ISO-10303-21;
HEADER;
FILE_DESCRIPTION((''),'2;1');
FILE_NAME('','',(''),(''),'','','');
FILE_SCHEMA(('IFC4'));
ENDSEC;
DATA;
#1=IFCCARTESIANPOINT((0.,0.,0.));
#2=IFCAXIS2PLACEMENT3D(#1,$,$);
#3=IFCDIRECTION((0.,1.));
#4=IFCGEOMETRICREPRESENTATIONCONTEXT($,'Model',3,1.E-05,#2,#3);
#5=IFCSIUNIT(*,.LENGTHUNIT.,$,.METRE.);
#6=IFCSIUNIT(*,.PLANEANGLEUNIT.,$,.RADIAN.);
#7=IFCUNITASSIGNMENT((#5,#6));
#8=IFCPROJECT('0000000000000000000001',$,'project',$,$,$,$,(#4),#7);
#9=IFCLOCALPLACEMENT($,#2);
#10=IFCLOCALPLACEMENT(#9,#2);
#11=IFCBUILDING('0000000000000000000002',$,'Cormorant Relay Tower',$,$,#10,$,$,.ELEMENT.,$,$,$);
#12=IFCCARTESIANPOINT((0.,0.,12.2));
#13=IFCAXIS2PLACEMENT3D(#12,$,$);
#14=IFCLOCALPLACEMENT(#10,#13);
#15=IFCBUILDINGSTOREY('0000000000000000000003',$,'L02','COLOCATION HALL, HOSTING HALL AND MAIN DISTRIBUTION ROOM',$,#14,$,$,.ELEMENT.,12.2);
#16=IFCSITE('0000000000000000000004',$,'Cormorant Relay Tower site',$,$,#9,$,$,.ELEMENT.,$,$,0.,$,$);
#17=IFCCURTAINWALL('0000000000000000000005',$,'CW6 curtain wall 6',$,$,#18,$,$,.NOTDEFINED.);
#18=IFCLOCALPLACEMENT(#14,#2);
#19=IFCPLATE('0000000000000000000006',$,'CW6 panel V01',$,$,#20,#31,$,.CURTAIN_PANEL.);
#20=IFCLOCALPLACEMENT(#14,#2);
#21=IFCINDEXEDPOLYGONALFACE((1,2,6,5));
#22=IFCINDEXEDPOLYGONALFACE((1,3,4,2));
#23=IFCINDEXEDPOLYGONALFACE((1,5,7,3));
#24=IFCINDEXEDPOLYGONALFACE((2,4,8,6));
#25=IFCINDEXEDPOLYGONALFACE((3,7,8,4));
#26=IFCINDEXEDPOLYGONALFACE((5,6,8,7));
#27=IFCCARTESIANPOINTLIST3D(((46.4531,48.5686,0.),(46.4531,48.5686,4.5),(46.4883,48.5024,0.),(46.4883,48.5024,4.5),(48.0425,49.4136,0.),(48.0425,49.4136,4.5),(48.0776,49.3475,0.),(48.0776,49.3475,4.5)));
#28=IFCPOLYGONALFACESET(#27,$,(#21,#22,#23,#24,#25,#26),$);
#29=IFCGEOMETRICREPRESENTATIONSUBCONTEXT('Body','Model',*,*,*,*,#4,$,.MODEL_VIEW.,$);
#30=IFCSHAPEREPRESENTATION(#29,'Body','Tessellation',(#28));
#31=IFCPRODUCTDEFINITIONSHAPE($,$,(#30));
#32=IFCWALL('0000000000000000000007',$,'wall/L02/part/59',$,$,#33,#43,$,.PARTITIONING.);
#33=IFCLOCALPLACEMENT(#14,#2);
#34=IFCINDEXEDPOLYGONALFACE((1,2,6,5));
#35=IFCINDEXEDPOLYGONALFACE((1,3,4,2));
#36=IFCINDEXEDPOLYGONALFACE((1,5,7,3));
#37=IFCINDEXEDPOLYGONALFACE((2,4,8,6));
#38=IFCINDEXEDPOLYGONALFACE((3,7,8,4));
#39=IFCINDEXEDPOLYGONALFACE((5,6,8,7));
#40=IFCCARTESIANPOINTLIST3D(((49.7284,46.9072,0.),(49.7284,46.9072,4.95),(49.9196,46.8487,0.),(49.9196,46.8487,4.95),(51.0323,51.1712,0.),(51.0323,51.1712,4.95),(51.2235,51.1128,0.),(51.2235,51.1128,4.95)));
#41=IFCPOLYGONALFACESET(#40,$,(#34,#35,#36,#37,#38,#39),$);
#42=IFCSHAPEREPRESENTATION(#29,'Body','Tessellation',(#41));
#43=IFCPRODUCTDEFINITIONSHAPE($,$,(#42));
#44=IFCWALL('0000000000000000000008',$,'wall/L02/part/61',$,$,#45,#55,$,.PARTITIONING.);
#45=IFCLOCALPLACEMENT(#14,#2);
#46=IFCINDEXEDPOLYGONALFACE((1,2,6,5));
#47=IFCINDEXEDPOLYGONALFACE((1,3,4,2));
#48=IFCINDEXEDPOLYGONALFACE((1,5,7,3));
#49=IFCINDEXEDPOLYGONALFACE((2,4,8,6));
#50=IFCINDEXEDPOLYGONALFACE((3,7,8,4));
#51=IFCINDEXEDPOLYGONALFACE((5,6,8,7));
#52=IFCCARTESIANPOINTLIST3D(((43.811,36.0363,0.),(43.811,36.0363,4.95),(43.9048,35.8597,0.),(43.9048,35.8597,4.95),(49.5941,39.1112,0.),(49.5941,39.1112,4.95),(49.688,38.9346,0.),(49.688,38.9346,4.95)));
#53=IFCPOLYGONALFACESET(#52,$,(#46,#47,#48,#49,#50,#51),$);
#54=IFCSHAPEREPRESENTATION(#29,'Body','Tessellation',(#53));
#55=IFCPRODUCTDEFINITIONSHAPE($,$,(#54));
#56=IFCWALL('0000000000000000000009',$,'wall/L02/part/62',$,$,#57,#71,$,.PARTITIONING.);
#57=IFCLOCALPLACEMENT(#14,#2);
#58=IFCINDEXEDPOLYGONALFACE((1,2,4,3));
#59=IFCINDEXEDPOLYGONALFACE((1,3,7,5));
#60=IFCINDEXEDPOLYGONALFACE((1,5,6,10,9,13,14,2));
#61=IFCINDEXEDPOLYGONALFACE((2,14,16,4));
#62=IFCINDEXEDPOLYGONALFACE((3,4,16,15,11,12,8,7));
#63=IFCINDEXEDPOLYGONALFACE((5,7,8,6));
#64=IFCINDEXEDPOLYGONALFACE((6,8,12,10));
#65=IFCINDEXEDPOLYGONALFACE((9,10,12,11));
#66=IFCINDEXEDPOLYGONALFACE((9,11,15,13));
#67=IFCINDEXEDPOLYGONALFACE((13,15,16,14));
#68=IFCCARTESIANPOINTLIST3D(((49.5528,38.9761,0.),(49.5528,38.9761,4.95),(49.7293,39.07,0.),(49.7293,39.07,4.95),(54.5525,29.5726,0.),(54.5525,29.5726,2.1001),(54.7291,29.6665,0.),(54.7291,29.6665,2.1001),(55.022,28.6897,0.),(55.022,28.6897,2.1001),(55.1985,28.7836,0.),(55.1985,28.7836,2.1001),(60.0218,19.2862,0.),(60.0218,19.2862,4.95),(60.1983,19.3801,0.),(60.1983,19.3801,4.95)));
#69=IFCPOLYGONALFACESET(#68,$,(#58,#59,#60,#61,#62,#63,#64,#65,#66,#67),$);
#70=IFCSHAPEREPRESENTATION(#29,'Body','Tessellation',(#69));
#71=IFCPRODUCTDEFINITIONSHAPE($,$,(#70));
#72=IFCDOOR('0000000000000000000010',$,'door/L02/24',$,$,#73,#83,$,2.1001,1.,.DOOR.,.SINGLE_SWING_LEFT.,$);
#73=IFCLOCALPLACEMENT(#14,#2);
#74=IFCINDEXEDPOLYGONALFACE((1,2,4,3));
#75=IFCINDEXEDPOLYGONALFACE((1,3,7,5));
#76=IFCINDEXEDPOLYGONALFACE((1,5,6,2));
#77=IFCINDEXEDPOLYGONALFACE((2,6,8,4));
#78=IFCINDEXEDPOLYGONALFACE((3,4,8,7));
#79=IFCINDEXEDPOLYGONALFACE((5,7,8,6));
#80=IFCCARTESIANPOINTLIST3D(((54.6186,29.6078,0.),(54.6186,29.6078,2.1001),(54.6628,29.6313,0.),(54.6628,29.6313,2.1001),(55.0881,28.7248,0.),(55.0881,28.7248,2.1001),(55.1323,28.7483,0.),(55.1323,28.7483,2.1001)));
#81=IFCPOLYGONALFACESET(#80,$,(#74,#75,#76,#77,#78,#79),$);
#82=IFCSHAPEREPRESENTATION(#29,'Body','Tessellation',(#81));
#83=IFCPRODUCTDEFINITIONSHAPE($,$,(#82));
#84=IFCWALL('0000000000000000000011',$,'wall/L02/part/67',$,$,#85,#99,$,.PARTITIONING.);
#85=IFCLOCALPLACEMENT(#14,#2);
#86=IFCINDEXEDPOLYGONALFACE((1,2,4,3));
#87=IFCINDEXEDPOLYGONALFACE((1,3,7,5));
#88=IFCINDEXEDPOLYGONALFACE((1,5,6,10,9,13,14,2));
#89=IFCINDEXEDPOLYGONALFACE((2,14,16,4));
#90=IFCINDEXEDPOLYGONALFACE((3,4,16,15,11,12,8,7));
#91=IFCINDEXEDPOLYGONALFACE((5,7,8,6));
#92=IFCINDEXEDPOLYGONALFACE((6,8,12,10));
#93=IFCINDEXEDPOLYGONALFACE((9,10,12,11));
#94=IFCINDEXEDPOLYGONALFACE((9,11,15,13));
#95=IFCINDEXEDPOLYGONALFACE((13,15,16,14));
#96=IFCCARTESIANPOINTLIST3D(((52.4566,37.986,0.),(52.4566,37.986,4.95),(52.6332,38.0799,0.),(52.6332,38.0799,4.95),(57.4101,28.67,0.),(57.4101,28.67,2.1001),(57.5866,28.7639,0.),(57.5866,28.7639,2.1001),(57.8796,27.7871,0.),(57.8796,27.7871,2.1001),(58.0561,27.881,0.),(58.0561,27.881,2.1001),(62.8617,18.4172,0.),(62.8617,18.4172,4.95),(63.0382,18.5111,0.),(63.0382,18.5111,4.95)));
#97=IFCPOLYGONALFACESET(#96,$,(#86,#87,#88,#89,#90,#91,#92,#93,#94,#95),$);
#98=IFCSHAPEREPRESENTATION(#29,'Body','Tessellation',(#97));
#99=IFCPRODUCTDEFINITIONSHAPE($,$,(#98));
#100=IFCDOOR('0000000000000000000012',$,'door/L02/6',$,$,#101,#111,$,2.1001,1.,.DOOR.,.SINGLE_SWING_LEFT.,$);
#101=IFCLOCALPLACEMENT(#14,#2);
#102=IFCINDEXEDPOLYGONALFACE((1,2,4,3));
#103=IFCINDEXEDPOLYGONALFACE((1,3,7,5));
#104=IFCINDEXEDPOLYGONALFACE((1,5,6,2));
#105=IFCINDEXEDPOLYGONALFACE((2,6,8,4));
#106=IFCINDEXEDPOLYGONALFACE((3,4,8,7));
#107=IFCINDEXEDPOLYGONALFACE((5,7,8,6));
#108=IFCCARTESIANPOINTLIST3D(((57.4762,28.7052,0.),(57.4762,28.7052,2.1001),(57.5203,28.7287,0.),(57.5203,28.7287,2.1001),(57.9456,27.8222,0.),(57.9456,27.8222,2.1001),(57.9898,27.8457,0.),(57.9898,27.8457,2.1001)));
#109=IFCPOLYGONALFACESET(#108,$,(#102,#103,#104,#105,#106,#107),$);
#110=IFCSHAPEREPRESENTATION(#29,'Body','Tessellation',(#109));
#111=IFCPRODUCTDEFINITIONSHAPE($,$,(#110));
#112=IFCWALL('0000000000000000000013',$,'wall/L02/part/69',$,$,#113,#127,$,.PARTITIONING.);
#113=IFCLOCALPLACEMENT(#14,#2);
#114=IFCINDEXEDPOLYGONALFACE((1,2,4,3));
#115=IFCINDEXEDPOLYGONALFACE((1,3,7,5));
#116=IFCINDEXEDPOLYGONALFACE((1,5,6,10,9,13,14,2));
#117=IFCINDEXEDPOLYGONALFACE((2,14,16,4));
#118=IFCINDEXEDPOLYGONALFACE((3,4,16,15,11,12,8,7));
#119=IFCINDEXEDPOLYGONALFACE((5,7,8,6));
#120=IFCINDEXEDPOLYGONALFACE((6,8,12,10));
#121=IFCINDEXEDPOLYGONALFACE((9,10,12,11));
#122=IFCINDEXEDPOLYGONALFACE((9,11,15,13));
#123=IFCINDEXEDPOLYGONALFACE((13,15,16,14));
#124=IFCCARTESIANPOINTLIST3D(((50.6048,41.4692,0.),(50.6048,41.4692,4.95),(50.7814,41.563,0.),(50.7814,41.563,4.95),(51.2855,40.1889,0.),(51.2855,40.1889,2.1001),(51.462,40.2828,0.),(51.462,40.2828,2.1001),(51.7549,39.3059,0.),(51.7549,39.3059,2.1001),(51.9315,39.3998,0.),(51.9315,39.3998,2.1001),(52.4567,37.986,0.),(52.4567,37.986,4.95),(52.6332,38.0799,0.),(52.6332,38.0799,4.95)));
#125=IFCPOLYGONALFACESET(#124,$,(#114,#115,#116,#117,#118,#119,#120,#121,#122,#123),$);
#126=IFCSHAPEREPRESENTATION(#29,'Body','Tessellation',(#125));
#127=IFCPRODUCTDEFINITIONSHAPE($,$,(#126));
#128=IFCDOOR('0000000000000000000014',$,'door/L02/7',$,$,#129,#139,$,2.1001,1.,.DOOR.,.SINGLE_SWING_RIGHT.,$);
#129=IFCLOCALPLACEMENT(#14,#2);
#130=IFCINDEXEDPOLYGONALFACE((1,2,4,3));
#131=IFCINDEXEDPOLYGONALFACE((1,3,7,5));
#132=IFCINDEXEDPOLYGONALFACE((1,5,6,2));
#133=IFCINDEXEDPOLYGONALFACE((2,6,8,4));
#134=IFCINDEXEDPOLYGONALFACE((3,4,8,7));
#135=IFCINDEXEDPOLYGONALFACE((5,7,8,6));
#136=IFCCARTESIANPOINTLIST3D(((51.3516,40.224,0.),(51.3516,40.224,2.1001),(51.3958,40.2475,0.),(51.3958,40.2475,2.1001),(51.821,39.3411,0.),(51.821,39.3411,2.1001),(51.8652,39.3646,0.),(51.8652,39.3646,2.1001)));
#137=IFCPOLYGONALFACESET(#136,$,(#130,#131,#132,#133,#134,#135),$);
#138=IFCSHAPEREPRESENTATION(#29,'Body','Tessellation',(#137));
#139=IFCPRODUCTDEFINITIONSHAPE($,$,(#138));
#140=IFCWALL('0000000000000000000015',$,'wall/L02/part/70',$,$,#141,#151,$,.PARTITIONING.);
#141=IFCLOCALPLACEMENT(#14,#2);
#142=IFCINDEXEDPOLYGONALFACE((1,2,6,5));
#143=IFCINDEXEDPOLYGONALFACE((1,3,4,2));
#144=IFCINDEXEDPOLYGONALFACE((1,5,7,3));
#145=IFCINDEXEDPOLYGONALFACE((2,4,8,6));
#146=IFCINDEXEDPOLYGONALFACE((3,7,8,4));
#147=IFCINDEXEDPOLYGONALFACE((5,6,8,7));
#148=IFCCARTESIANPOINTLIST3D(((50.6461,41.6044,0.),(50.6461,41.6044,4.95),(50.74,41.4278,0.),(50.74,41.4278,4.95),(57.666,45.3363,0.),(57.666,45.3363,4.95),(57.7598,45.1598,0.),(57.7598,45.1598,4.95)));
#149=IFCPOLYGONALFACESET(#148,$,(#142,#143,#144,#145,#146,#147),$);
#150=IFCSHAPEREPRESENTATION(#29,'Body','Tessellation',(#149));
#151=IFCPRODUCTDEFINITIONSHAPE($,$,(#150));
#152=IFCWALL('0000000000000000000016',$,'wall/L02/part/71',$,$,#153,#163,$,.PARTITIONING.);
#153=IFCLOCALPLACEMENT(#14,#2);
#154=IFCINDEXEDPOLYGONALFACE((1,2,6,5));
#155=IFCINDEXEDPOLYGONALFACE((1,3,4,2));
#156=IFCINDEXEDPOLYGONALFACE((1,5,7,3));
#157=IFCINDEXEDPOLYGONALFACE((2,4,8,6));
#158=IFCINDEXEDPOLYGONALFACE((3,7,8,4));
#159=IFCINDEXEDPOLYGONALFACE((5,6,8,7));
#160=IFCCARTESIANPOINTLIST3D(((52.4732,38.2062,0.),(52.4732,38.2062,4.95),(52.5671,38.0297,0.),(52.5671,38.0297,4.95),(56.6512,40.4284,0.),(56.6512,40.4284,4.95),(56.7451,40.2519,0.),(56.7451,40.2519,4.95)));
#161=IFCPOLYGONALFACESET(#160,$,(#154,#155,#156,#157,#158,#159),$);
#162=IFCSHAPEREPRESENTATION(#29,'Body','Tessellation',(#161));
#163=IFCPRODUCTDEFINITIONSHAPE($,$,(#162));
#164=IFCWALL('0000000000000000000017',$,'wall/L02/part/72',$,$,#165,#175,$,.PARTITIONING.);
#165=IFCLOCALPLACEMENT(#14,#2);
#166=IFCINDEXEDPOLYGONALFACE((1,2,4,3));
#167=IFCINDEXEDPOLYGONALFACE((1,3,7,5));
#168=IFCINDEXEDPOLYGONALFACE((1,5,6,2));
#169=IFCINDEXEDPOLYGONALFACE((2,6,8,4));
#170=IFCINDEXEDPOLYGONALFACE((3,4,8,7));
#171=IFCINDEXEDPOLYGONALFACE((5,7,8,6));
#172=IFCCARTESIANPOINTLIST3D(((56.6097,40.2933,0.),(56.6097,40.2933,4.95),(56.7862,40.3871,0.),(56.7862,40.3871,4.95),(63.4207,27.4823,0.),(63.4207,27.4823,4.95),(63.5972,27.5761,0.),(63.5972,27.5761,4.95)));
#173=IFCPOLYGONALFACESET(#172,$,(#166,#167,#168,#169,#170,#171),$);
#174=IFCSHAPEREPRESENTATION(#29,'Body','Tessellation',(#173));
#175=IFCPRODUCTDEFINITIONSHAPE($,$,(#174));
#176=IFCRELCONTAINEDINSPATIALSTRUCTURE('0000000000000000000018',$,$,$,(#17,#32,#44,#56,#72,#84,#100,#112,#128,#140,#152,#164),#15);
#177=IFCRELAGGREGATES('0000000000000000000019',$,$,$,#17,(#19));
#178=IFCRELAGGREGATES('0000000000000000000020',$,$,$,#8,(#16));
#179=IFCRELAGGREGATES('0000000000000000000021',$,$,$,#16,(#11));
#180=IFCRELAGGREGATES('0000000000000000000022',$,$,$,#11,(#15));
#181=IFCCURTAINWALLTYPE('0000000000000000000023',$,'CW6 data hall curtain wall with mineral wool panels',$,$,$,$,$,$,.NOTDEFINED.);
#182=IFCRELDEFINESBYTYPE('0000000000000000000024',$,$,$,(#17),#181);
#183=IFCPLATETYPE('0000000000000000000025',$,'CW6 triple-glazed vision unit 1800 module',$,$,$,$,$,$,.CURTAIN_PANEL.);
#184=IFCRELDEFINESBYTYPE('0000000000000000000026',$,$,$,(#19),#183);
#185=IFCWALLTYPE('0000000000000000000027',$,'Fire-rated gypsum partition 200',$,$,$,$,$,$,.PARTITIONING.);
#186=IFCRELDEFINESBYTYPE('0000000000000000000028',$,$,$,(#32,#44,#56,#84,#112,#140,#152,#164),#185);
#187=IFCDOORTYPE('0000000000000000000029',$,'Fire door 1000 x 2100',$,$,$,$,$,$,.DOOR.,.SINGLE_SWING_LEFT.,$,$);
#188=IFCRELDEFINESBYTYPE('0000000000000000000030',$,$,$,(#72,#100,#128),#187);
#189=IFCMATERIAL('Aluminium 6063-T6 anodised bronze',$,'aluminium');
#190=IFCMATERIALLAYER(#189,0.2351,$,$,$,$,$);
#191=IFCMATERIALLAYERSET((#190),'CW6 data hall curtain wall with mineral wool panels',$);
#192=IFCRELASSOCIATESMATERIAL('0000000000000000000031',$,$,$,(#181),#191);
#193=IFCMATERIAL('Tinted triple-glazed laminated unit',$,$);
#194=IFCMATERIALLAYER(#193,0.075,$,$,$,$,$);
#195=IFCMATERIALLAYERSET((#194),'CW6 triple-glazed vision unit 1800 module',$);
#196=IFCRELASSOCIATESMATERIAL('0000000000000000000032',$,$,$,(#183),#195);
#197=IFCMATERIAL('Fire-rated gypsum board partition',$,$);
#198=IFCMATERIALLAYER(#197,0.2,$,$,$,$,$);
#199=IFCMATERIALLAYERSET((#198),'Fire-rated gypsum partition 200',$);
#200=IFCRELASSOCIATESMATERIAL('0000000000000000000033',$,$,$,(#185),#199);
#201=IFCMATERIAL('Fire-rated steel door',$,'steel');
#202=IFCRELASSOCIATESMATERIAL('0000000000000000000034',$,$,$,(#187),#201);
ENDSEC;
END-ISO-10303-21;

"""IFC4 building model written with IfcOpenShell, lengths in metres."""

from ifc_helpers import new_model, si_unit, direction, frame, frame_2d, origin, origin_2d, place, context, subcontext, project, spatial, rectangle, extrude, material, layer, layer_set, type_object, element, fill, aggregate, save


model = new_model("IFC4")

# Units and contexts
model_context = context("Model", 3, precision=1e-05, world=origin(), true_north=direction((0.0, 1.0)))
body_context = subcontext(model_context, "Body", "Model", "MODEL_VIEW")
ifc_project = project(units=[si_unit("LENGTHUNIT", "METRE"), si_unit("PLANEANGLEUNIT", "RADIAN")], contexts=[model_context])

# Site, building, storey
site_placement = place(None, origin())
site = spatial("IfcSite", under=ifc_project, at=site_placement, Name="Cormorant Relay Tower site", CompositionType="ELEMENT", RefElevation=0.0)
building_placement = place(site_placement, origin())
building = spatial("IfcBuilding", under=site, at=building_placement, Name="Cormorant Relay Tower", CompositionType="ELEMENT")
storey_placement = place(building_placement, frame((0.0, 0.0, 12.2)))
storey = spatial("IfcBuildingStorey", under=building, at=storey_placement, Name="L02", Description="COLOCATION HALL, HOSTING HALL AND MAIN DISTRIBUTION ROOM", CompositionType="ELEMENT", Elevation=12.2)

# Shared definitions
ifc_material_1 = material(Name="Aluminium 6063-T6 anodised bronze", Category="aluminium")
ifc_layer_1 = layer(ifc_material_1, 0.2351)
ifc_layer_set_1 = layer_set([ifc_layer_1], Name="CW6 data hall curtain wall with mineral wool panels")
curtain_wall_type = type_object("IfcCurtainWallType", Name="CW6 data hall curtain wall with mineral wool panels", PredefinedType="NOTDEFINED", material=ifc_layer_set_1)

# Curtain wall
curtain_wall_1_placement = place(storey_placement, origin())
curtain_wall_1 = element("IfcCurtainWall", 1, at=curtain_wall_1_placement, inside=storey, type_object=curtain_wall_type, Name="CW6 curtain wall 6", PredefinedType="NOTDEFINED")

# Plate
ifc_material_2 = material(Name="Tinted triple-glazed laminated unit")
ifc_layer_2 = layer(ifc_material_2, 0.075)
ifc_layer_set_2 = layer_set([ifc_layer_2], Name="CW6 triple-glazed vision unit 1800 module")
plate_type = type_object("IfcPlateType", Name="CW6 triple-glazed vision unit 1800 module", PredefinedType="CURTAIN_PANEL", material=ifc_layer_set_2)
plate_1_placement = place(storey_placement, frame((47.2654, 48.958, 0.0), z_axis=(0.0, 0.0, 1.0), x_axis=(-0.882948, -0.469472, 0.0)))
plate_1 = element("IfcPlate", 2, at=plate_1_placement, type_object=plate_type, Name="CW6 panel V01", PredefinedType="CURTAIN_PANEL", context=body_context, shape_type="SweptSolid", body=[
    extrude(rectangle(XDim=1.8, YDim=0.075, at=origin_2d()), origin(), (0.0, 0.0, 1.0), 4.5),
])

# Walls
ifc_material_3 = material(Name="Fire-rated gypsum board partition")
ifc_layer_3 = layer(ifc_material_3, 0.2)
ifc_layer_set_3 = layer_set([ifc_layer_3], Name="Fire-rated gypsum partition 200")
wall_type_1 = type_object("IfcWallType", Name="Fire-rated gypsum partition 200", PredefinedType="PARTITIONING", material=ifc_layer_set_3)
wall_1_placement = place(storey_placement, frame((49.824, 46.8779, 0.0), z_axis=(0.0, 0.0, 1.0), x_axis=(0.292427, 0.956288, 0.0)))
element("IfcWall", 3, at=wall_1_placement, inside=storey, type_object=wall_type_1, Name="wall/L02/part/59", PredefinedType="PARTITIONING", context=body_context, shape_type="SweptSolid", body=[
    extrude(rectangle(XDim=4.459, YDim=0.2, at=frame_2d((2.2295, 0.0))), origin(), (0.0, 0.0, 1.0), 4.95),
])
wall_2_placement = place(storey_placement, frame((43.8579, 35.948, 0.0), z_axis=(0.0, 0.0, 1.0), x_axis=(0.88295, 0.469468, 0.0)))
element("IfcWall", 4, at=wall_2_placement, inside=storey, type_object=wall_type_1, Name="wall/L02/part/61", PredefinedType="PARTITIONING", context=body_context, shape_type="SweptSolid", body=[
    extrude(rectangle(XDim=6.5498, YDim=0.2, at=frame_2d((3.2749, 0.0))), origin(), (0.0, 0.0, 1.0), 4.95),
])

# Walls, openings, doors
wall_3_placement = place(storey_placement, frame((49.6411, 39.0229, 0.0), z_axis=(0.0, 0.0, 1.0), x_axis=(0.46946, -0.882954, 0.0)))
wall_3 = element("IfcWall", 5, at=wall_3_placement, inside=storey, type_object=wall_type_1, Name="wall/L02/part/62", PredefinedType="PARTITIONING", context=body_context, shape_type="SweptSolid", body=[
    extrude(rectangle(XDim=22.3, YDim=0.2, at=frame_2d((11.1499, 0.0))), origin(), (0.0, 0.0, 1.0), 4.95),
])
opening_1_placement = place(wall_3_placement, frame((10.6499, 0.0, 0.0)))
opening_1 = element("IfcOpeningElement", 6, at=opening_1_placement, cuts=wall_3, PredefinedType="OPENING", context=body_context, shape_type="SweptSolid", body=[
    extrude(rectangle(XDim=1.0, YDim=2.1001, at=frame_2d((0.5, 1.05))), frame((0.0, 0.1099, 0.0), z_axis=(0.0, -1.0, 0.0), x_axis=(1.0, 0.0, 0.0)), (0.0, 0.0, 1.0), 0.22),
])
ifc_material_4 = material(Name="Fire-rated steel door", Category="steel")
door_type = type_object("IfcDoorType", Name="Fire door 1000 x 2100", OperationType="SINGLE_SWING_LEFT", PredefinedType="DOOR", material=ifc_material_4)
door_1_placement = place(opening_1_placement, origin())
door_1 = element("IfcDoor", 7, at=door_1_placement, inside=storey, type_object=door_type, Name="door/L02/24", OperationType="SINGLE_SWING_LEFT", OverallHeight=2.1001, OverallWidth=1.0, PredefinedType="DOOR", context=body_context, shape_type="SweptSolid", body=[
    extrude(rectangle(XDim=1.0, YDim=2.1001, at=frame_2d((0.5, 1.05))), frame((0.0, 0.0249, 0.0), z_axis=(0.0, -1.0, 0.0), x_axis=(1.0, 0.0, 0.0)), (0.0, 0.0, 1.0), 0.05),
])
fill(opening_1, door_1)
wall_4_placement = place(storey_placement, frame((52.5449, 38.033, 0.0), z_axis=(0.0, 0.0, 1.0), x_axis=(0.469475, -0.882946, 0.0)))
wall_4 = element("IfcWall", 8, at=wall_4_placement, inside=storey, type_object=wall_type_1, Name="wall/L02/part/67", PredefinedType="PARTITIONING", context=body_context, shape_type="SweptSolid", body=[
    extrude(rectangle(XDim=22.1631, YDim=0.2, at=frame_2d((11.0815, 0.0))), origin(), (0.0, 0.0, 1.0), 4.95),
])
opening_2_placement = place(wall_4_placement, frame((10.551, 0.0, 0.0)))
opening_2 = element("IfcOpeningElement", 9, at=opening_2_placement, cuts=wall_4, PredefinedType="OPENING", context=body_context, shape_type="SweptSolid", body=[
    extrude(rectangle(XDim=1.0, YDim=2.1001, at=frame_2d((0.5, 1.05))), frame((0.0, 0.1099, 0.0), z_axis=(0.0, -1.0, 0.0), x_axis=(1.0, 0.0, 0.0)), (0.0, 0.0, 1.0), 0.22),
])
door_2_placement = place(opening_2_placement, origin())
door_2 = element("IfcDoor", 10, at=door_2_placement, inside=storey, type_object=door_type, Name="door/L02/6", OperationType="SINGLE_SWING_LEFT", OverallHeight=2.1001, OverallWidth=1.0, PredefinedType="DOOR", context=body_context, shape_type="SweptSolid", body=[
    extrude(rectangle(XDim=1.0, YDim=2.1001, at=frame_2d((0.5, 1.05))), frame((0.0, 0.0249, 0.0), z_axis=(0.0, -1.0, 0.0), x_axis=(1.0, 0.0, 0.0)), (0.0, 0.0, 1.0), 0.05),
])
fill(opening_2, door_2)
wall_5_placement = place(storey_placement, frame((50.6931, 41.5161, 0.0), z_axis=(0.0, 0.0, 1.0), x_axis=(0.469428, -0.882971, 0.0)))
wall_5 = element("IfcWall", 11, at=wall_5_placement, inside=storey, type_object=wall_type_1, Name="wall/L02/part/69", PredefinedType="PARTITIONING", context=body_context, shape_type="SweptSolid", body=[
    extrude(rectangle(XDim=3.9448, YDim=0.2, at=frame_2d((1.9724, 0.0))), origin(), (0.0, 0.0, 1.0), 4.95),
])
opening_3_placement = place(wall_5_placement, frame((1.45, 0.0, 0.0)))
opening_3 = element("IfcOpeningElement", 12, at=opening_3_placement, cuts=wall_5, PredefinedType="OPENING", context=body_context, shape_type="SweptSolid", body=[
    extrude(rectangle(XDim=1.0, YDim=2.1001, at=frame_2d((0.5, 1.05))), frame((0.0, 0.1099, 0.0), z_axis=(0.0, -1.0, 0.0), x_axis=(1.0, 0.0, 0.0)), (0.0, 0.0, 1.0), 0.22),
])
door_3_placement = place(opening_3_placement, origin())
door_3 = element("IfcDoor", 13, at=door_3_placement, inside=storey, type_object=door_type, Name="door/L02/7", OperationType="SINGLE_SWING_RIGHT", OverallHeight=2.1001, OverallWidth=1.0, PredefinedType="DOOR", context=body_context, shape_type="SweptSolid", body=[
    extrude(rectangle(XDim=1.0, YDim=2.1001, at=frame_2d((0.5, 1.05))), frame((0.0, 0.0249, 0.0), z_axis=(0.0, -1.0, 0.0), x_axis=(1.0, 0.0, 0.0)), (0.0, 0.0, 1.0), 0.05),
])
fill(opening_3, door_3)

# Walls
wall_6_placement = place(storey_placement, frame((57.7129, 45.248, 0.0), z_axis=(0.0, 0.0, 1.0), x_axis=(-0.882976, -0.469418, 0.0)))
element("IfcWall", 14, at=wall_6_placement, inside=storey, type_object=wall_type_1, Name="wall/L02/part/70", PredefinedType="PARTITIONING", context=body_context, shape_type="SweptSolid", body=[
    extrude(rectangle(XDim=7.9502, YDim=0.2, at=frame_2d((3.9751, 0.0))), origin(), (0.0, 0.0, 1.0), 4.95),
])
wall_7_placement = place(storey_placement, frame((52.52, 38.1179, 0.0), z_axis=(0.0, 0.0, 1.0), x_axis=(0.882886, 0.469586, 0.0)))
element("IfcWall", 15, at=wall_7_placement, inside=storey, type_object=wall_type_1, Name="wall/L02/part/71", PredefinedType="PARTITIONING", context=body_context, shape_type="SweptSolid", body=[
    extrude(rectangle(XDim=4.7322, YDim=0.2, at=frame_2d((2.3662, 0.0))), origin(), (0.0, 0.0, 1.0), 4.95),
])
wall_8_placement = place(storey_placement, frame((56.698, 40.3401, 0.0), z_axis=(0.0, 0.0, 1.0), x_axis=(0.469433, -0.882968, 0.0)))
element("IfcWall", 16, at=wall_8_placement, inside=storey, type_object=wall_type_1, Name="wall/L02/part/72", PredefinedType="PARTITIONING", context=body_context, shape_type="SweptSolid", body=[
    extrude(rectangle(XDim=14.509, YDim=0.2, at=frame_2d((7.2544, 0.0))), origin(), (0.0, 0.0, 1.0), 4.95),
])

aggregate(curtain_wall_1, [plate_1])

save(model, "model.ifc")
